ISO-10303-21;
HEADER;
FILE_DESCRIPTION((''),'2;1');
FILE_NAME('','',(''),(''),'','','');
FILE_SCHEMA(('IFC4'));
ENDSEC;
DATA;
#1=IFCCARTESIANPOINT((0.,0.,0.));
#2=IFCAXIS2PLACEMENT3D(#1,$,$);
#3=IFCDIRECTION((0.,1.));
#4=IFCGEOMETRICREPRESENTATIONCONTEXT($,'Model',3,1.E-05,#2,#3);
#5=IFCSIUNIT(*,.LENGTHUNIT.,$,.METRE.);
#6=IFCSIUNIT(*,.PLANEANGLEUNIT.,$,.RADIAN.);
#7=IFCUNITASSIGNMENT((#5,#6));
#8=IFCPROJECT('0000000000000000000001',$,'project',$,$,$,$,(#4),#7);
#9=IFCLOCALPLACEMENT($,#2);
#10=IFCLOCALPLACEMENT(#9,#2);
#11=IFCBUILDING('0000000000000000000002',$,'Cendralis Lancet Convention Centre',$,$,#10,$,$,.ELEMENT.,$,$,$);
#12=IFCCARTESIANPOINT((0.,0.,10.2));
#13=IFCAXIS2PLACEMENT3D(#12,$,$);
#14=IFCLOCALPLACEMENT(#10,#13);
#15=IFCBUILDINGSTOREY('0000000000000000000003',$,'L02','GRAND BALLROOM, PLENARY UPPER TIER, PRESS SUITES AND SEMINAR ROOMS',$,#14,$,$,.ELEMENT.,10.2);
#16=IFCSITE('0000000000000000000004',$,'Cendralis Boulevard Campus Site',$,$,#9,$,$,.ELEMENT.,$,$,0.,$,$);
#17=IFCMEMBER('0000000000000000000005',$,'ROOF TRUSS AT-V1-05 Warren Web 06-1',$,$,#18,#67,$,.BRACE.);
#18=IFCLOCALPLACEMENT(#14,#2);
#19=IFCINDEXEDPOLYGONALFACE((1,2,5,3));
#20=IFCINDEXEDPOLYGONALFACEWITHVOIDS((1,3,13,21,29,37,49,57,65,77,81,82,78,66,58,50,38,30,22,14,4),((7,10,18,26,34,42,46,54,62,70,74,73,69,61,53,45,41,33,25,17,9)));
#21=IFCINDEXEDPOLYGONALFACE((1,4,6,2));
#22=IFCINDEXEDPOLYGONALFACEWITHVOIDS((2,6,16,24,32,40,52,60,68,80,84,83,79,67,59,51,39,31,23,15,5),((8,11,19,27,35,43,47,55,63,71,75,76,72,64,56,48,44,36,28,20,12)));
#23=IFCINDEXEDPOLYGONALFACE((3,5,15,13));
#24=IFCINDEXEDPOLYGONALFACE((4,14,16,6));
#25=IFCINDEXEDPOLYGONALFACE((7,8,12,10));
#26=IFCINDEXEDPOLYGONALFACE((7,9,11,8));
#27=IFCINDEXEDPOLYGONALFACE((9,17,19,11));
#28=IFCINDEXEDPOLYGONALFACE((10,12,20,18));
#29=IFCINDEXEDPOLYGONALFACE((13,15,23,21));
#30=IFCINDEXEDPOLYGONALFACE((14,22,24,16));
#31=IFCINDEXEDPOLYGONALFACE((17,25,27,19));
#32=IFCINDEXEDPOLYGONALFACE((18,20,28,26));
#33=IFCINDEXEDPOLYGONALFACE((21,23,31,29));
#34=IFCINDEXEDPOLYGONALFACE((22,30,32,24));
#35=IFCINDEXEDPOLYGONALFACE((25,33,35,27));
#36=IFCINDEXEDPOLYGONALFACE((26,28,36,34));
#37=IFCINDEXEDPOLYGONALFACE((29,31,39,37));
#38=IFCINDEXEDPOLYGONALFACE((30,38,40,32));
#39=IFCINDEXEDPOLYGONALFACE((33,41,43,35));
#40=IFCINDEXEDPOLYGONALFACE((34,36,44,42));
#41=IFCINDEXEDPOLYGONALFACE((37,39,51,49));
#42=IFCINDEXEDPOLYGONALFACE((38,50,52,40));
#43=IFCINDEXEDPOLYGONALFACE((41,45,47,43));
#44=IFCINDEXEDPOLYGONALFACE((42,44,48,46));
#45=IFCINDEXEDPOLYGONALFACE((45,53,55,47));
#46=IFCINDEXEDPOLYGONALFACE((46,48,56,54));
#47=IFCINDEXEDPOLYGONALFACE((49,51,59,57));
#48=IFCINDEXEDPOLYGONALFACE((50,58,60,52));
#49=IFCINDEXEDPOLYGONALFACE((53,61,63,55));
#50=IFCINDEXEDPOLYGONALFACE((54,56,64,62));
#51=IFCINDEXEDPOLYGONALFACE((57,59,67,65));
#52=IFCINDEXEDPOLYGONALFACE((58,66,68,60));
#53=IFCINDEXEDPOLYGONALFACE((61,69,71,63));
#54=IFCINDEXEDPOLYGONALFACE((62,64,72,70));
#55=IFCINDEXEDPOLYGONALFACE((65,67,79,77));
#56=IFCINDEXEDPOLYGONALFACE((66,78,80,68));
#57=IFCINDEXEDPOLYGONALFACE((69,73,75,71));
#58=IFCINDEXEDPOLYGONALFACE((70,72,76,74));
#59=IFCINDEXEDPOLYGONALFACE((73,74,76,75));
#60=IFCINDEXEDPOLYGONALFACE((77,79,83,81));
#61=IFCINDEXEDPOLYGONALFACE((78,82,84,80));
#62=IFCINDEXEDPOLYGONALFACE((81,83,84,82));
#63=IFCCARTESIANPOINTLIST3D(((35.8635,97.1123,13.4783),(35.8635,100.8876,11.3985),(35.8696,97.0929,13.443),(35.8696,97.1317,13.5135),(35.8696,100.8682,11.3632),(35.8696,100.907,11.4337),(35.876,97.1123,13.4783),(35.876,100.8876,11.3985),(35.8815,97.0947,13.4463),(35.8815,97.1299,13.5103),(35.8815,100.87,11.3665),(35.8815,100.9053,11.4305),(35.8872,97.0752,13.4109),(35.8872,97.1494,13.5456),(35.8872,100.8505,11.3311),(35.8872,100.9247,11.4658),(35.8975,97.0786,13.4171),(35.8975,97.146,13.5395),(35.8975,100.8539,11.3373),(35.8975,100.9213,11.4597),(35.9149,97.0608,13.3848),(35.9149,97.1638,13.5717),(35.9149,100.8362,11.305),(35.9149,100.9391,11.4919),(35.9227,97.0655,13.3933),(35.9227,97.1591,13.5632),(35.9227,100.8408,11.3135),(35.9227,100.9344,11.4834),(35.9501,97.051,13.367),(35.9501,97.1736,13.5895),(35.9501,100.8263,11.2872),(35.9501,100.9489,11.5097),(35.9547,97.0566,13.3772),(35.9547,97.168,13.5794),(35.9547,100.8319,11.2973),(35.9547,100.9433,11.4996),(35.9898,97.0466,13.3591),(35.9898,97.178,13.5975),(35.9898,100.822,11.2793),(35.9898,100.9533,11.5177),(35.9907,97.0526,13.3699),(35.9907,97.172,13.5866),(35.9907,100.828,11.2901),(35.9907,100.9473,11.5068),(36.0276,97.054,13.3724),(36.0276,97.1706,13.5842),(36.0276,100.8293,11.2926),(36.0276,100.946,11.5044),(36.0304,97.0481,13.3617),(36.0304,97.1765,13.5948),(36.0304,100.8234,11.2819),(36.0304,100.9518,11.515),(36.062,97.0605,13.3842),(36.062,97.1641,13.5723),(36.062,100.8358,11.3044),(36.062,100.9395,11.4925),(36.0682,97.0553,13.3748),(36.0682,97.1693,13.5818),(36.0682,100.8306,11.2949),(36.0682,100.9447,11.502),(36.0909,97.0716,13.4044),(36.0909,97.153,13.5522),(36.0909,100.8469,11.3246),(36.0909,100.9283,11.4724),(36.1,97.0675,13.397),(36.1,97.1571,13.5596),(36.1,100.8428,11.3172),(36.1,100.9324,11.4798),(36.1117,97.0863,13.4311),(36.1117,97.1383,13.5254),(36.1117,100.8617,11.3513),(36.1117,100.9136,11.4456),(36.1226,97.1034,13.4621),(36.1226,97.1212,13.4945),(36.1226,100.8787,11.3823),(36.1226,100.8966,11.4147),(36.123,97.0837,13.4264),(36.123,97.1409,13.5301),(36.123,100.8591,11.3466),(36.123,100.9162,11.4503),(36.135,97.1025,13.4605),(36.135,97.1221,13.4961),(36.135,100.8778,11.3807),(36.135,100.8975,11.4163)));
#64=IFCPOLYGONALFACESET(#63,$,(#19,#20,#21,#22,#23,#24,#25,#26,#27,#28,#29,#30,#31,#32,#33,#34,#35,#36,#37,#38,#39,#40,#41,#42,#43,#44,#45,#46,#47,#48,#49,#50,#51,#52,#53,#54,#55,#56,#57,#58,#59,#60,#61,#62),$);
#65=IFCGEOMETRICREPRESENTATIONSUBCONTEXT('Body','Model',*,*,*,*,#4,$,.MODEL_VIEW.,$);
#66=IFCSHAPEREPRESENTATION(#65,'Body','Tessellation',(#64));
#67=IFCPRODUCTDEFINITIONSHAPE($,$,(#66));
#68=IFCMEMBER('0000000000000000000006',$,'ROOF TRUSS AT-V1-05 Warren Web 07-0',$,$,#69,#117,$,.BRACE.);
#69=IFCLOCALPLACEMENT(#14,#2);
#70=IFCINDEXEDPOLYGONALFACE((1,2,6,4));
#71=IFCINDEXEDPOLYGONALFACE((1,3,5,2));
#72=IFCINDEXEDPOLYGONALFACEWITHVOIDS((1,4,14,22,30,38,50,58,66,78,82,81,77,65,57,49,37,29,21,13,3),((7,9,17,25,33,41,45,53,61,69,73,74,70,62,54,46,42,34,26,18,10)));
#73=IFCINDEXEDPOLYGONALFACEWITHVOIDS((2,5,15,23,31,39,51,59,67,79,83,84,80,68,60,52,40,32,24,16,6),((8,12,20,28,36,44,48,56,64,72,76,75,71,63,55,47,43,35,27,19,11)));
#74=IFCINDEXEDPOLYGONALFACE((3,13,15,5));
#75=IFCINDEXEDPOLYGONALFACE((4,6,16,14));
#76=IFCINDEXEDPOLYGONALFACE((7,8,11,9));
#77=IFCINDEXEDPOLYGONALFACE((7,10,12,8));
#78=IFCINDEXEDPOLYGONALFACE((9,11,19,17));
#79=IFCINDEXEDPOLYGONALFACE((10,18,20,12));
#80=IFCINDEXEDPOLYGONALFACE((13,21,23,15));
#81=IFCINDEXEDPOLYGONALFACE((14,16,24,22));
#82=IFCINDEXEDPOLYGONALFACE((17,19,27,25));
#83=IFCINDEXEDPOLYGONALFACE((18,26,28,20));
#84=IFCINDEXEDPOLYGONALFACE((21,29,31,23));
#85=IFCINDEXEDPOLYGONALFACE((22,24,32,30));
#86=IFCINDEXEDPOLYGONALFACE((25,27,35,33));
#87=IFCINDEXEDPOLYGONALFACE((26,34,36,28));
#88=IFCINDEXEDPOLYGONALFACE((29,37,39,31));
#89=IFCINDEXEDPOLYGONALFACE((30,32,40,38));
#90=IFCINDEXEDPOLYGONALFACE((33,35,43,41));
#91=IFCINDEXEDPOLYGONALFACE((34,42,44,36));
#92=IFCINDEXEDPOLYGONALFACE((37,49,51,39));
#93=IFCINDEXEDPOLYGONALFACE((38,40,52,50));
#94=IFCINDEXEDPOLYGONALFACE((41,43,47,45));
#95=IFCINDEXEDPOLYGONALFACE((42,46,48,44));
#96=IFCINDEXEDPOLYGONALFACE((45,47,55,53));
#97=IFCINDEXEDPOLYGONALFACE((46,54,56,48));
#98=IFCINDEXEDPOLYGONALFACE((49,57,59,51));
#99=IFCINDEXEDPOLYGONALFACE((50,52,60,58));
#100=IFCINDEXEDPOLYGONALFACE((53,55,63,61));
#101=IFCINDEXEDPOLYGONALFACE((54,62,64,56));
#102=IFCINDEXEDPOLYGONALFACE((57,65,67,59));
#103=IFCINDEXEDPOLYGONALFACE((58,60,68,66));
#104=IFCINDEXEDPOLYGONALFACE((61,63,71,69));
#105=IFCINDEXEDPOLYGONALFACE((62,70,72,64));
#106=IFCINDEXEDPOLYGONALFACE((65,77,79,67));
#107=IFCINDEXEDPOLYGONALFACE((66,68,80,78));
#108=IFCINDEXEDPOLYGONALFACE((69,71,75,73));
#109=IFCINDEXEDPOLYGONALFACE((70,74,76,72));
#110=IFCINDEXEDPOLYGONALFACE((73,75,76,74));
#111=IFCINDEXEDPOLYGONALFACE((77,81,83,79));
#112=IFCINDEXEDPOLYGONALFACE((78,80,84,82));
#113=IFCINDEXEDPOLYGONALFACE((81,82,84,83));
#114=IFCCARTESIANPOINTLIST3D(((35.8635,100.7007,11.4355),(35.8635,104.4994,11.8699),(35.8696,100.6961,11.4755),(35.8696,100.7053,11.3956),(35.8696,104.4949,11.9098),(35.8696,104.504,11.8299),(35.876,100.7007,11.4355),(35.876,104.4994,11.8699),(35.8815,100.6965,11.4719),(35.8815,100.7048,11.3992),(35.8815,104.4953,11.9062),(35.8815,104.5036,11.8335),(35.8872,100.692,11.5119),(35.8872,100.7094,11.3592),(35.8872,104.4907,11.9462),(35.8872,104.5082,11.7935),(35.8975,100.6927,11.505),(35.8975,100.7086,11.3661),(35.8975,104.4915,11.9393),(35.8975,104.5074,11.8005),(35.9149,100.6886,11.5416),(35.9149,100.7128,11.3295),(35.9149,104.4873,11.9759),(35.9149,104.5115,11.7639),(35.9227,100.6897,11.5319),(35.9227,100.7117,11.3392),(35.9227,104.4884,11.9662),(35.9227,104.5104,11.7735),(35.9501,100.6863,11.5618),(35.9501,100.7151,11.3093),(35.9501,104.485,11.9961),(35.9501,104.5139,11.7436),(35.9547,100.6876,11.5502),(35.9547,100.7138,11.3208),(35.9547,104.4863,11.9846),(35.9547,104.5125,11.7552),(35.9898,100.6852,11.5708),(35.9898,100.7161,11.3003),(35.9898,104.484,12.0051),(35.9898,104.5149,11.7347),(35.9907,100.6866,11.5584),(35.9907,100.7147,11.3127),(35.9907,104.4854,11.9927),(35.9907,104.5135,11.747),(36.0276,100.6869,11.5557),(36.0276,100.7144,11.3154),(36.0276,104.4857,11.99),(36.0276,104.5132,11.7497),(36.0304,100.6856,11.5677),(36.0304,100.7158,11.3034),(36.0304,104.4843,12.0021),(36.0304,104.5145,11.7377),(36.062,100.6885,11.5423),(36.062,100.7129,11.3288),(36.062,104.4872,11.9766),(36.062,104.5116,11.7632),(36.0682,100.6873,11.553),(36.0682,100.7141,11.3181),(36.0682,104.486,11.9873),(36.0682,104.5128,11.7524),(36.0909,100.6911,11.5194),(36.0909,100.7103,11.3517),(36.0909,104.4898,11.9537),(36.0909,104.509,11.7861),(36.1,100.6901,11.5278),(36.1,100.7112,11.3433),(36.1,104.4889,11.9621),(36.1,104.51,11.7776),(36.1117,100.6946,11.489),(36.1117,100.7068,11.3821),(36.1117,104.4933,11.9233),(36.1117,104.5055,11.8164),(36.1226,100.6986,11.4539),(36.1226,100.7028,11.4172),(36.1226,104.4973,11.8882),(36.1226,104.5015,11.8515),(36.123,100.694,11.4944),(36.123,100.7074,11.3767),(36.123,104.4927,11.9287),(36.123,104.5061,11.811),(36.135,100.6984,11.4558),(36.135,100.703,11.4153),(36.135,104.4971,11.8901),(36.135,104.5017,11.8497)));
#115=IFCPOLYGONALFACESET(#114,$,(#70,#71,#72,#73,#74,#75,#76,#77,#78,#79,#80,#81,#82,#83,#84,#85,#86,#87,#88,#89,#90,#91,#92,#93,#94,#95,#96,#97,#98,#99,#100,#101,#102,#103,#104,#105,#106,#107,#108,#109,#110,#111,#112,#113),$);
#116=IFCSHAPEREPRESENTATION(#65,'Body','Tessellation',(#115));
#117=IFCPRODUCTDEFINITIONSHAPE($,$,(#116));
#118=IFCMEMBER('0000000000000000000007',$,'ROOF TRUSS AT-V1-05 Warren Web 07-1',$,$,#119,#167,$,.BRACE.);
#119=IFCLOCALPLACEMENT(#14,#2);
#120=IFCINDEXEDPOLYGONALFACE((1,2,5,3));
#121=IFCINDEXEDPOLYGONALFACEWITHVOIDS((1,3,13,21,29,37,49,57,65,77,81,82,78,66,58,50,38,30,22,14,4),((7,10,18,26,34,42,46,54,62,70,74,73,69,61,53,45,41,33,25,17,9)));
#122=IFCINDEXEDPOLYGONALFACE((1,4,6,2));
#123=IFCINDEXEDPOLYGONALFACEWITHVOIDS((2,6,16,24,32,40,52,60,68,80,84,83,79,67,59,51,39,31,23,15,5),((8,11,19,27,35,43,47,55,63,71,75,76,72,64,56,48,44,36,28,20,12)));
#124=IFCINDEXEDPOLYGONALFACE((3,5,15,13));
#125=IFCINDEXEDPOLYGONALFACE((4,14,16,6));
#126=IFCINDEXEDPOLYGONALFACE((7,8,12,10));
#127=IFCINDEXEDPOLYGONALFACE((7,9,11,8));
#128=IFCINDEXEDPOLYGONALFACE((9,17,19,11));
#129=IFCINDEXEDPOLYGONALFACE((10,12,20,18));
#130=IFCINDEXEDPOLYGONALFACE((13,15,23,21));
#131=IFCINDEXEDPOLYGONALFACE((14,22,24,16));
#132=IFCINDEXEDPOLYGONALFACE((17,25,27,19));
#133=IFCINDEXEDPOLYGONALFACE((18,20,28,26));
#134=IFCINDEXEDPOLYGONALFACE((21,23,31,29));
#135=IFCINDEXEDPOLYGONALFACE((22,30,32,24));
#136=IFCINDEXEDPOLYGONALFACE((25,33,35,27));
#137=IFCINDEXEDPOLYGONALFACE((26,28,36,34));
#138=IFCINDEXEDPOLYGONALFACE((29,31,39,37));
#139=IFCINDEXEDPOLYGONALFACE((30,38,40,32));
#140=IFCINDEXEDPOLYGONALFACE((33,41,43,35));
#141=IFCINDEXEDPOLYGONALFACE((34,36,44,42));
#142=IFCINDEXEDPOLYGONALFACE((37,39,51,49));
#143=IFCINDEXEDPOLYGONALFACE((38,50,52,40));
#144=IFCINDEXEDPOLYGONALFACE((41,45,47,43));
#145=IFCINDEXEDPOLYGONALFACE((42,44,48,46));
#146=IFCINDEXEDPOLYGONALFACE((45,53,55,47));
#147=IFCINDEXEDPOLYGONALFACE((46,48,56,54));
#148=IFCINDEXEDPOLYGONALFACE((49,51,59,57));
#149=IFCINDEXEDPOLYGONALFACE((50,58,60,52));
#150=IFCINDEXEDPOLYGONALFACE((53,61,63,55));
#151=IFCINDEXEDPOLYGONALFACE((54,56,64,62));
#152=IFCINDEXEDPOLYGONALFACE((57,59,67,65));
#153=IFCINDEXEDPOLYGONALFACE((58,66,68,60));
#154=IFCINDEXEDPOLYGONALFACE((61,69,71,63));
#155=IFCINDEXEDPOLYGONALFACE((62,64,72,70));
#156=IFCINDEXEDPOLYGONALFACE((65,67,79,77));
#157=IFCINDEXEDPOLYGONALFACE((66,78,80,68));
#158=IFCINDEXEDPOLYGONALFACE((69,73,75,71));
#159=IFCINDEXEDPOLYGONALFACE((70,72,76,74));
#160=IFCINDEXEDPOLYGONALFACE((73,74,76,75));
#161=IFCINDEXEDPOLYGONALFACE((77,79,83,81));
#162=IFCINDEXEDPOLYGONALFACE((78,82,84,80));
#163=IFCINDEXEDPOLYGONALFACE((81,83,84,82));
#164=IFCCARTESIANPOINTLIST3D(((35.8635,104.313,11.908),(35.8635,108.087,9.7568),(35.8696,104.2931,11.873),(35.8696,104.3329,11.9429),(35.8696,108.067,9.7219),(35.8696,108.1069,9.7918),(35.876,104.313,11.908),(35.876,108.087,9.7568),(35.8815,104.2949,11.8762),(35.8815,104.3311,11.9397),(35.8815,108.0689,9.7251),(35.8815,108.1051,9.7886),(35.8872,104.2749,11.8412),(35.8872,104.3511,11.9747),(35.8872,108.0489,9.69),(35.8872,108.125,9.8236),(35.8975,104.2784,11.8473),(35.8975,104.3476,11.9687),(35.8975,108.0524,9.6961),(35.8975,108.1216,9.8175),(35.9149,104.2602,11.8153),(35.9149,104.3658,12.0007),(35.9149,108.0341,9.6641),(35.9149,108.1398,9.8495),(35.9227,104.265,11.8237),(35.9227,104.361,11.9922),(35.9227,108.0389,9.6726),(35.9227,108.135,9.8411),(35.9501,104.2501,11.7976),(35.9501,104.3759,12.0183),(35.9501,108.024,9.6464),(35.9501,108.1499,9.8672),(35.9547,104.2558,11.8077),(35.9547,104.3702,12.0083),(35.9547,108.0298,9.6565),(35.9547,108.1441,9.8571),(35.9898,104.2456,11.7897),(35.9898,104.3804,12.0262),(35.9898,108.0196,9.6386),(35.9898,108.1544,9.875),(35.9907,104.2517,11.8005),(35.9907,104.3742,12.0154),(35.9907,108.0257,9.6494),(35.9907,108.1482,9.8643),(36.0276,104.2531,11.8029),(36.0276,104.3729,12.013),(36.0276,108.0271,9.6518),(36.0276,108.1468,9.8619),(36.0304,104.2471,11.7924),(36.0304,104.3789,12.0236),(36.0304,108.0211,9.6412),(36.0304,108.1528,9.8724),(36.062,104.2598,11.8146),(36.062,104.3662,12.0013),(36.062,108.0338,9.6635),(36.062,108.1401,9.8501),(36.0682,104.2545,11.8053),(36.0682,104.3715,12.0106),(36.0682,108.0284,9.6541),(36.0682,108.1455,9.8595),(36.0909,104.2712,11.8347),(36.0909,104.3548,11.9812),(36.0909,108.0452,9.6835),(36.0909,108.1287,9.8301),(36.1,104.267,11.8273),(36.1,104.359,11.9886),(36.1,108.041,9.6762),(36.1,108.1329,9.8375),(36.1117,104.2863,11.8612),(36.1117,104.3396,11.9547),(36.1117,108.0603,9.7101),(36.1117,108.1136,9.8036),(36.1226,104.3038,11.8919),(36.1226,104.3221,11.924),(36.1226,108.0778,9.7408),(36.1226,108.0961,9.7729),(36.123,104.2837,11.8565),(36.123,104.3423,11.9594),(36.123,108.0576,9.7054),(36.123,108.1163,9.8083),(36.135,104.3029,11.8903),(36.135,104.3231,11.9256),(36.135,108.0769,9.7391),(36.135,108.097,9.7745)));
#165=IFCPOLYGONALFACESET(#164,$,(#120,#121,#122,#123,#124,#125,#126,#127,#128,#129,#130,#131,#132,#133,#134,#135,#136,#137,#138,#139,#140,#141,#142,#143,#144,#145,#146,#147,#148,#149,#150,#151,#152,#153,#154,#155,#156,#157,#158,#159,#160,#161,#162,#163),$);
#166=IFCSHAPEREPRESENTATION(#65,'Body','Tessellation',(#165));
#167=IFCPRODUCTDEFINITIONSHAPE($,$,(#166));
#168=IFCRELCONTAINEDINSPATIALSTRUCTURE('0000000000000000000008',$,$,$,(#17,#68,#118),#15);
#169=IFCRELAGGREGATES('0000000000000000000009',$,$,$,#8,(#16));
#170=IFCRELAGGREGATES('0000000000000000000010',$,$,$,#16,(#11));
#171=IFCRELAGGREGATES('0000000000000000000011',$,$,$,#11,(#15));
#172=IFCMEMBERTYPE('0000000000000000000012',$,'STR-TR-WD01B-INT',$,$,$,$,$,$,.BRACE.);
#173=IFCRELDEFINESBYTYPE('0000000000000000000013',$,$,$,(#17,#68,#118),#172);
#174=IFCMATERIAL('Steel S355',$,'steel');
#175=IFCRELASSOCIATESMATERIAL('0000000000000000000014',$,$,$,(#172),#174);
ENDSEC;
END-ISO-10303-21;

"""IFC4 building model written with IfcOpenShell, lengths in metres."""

from ifc_helpers import new_model, si_unit, direction, frame, origin, origin_2d, place, context, subcontext, project, spatial, hollow_circle, extrude, material, material_profile, profile_set, type_object, element, save


model = new_model("IFC4")

# Units and contexts
model_context = context("Model", 3, precision=1e-05, world=origin(), true_north=direction((0.0, 1.0)))
body_context = subcontext(model_context, "Body", "Model", "MODEL_VIEW")
ifc_project = project(units=[si_unit("LENGTHUNIT", "METRE"), si_unit("PLANEANGLEUNIT", "RADIAN")], contexts=[model_context])

# Site, building, storey
site_placement = place(None, origin())
site = spatial("IfcSite", under=ifc_project, at=site_placement, Name="Cendralis Boulevard Campus Site", CompositionType="ELEMENT", RefElevation=0.0)
building_placement = place(site_placement, origin())
building = spatial("IfcBuilding", under=site, at=building_placement, Name="Cendralis Lancet Convention Centre", CompositionType="ELEMENT")
storey_placement = place(building_placement, frame((0.0, 0.0, 10.2)))
storey = spatial("IfcBuildingStorey", under=building, at=storey_placement, Name="L02", Description="GRAND BALLROOM, PLENARY UPPER TIER, PRESS SUITES AND SEMINAR ROOMS", CompositionType="ELEMENT", Elevation=10.2)

# Members
ifc_material = material(Name="Steel S355", Category="steel")
ifc_material_profile_1 = material_profile(ifc_material, hollow_circle(Radius=0.1365, WallThickness=0.0125, at=origin_2d()), Name="CHS 273.0x12.5")
ifc_profile_set_1 = profile_set([ifc_material_profile_1], Name="Steel S355")
member_type_1 = type_object("IfcMemberType", Name="STR-TR-WD01B-INT", PredefinedType="BRACE", material=ifc_profile_set_1)
member_1_placement = place(storey_placement, frame((36.0, 97.1123, 13.4783), z_axis=(0.0, 0.875886, -0.482519), x_axis=(-1.0, 0.0, 0.0)))
element("IfcMember", 1, at=member_1_placement, inside=storey, type_object=member_type_1, Name="ROOF TRUSS AT-V1-05 Warren Web 06-1", PredefinedType="BRACE", context=body_context, shape_type="SweptSolid", body=[
    extrude(hollow_circle(Radius=0.1365, WallThickness=0.0125, at=origin_2d()), origin(), (0.0, 0.0, 1.0), 4.3103),
])
member_2_placement = place(storey_placement, frame((36.0, 100.7007, 11.4355), z_axis=(0.0, 0.993528, 0.113592), x_axis=(-1.0, 0.0, 0.0)))
element("IfcMember", 2, at=member_2_placement, inside=storey, type_object=member_type_1, Name="ROOF TRUSS AT-V1-05 Warren Web 07-0", PredefinedType="BRACE", context=body_context, shape_type="SweptSolid", body=[
    extrude(hollow_circle(Radius=0.1365, WallThickness=0.0125, at=origin_2d()), origin(), (0.0, 0.0, 1.0), 3.8235),
])
member_3_placement = place(storey_placement, frame((36.0, 104.313, 11.908), z_axis=(0.0, 0.868779, -0.4952), x_axis=(-1.0, 0.0, 0.0)))
element("IfcMember", 3, at=member_3_placement, inside=storey, type_object=member_type_1, Name="ROOF TRUSS AT-V1-05 Warren Web 07-1", PredefinedType="BRACE", context=body_context, shape_type="SweptSolid", body=[
    extrude(hollow_circle(Radius=0.1365, WallThickness=0.0125, at=origin_2d()), origin(), (0.0, 0.0, 1.0), 4.344),
])

save(model, "model.ifc")
